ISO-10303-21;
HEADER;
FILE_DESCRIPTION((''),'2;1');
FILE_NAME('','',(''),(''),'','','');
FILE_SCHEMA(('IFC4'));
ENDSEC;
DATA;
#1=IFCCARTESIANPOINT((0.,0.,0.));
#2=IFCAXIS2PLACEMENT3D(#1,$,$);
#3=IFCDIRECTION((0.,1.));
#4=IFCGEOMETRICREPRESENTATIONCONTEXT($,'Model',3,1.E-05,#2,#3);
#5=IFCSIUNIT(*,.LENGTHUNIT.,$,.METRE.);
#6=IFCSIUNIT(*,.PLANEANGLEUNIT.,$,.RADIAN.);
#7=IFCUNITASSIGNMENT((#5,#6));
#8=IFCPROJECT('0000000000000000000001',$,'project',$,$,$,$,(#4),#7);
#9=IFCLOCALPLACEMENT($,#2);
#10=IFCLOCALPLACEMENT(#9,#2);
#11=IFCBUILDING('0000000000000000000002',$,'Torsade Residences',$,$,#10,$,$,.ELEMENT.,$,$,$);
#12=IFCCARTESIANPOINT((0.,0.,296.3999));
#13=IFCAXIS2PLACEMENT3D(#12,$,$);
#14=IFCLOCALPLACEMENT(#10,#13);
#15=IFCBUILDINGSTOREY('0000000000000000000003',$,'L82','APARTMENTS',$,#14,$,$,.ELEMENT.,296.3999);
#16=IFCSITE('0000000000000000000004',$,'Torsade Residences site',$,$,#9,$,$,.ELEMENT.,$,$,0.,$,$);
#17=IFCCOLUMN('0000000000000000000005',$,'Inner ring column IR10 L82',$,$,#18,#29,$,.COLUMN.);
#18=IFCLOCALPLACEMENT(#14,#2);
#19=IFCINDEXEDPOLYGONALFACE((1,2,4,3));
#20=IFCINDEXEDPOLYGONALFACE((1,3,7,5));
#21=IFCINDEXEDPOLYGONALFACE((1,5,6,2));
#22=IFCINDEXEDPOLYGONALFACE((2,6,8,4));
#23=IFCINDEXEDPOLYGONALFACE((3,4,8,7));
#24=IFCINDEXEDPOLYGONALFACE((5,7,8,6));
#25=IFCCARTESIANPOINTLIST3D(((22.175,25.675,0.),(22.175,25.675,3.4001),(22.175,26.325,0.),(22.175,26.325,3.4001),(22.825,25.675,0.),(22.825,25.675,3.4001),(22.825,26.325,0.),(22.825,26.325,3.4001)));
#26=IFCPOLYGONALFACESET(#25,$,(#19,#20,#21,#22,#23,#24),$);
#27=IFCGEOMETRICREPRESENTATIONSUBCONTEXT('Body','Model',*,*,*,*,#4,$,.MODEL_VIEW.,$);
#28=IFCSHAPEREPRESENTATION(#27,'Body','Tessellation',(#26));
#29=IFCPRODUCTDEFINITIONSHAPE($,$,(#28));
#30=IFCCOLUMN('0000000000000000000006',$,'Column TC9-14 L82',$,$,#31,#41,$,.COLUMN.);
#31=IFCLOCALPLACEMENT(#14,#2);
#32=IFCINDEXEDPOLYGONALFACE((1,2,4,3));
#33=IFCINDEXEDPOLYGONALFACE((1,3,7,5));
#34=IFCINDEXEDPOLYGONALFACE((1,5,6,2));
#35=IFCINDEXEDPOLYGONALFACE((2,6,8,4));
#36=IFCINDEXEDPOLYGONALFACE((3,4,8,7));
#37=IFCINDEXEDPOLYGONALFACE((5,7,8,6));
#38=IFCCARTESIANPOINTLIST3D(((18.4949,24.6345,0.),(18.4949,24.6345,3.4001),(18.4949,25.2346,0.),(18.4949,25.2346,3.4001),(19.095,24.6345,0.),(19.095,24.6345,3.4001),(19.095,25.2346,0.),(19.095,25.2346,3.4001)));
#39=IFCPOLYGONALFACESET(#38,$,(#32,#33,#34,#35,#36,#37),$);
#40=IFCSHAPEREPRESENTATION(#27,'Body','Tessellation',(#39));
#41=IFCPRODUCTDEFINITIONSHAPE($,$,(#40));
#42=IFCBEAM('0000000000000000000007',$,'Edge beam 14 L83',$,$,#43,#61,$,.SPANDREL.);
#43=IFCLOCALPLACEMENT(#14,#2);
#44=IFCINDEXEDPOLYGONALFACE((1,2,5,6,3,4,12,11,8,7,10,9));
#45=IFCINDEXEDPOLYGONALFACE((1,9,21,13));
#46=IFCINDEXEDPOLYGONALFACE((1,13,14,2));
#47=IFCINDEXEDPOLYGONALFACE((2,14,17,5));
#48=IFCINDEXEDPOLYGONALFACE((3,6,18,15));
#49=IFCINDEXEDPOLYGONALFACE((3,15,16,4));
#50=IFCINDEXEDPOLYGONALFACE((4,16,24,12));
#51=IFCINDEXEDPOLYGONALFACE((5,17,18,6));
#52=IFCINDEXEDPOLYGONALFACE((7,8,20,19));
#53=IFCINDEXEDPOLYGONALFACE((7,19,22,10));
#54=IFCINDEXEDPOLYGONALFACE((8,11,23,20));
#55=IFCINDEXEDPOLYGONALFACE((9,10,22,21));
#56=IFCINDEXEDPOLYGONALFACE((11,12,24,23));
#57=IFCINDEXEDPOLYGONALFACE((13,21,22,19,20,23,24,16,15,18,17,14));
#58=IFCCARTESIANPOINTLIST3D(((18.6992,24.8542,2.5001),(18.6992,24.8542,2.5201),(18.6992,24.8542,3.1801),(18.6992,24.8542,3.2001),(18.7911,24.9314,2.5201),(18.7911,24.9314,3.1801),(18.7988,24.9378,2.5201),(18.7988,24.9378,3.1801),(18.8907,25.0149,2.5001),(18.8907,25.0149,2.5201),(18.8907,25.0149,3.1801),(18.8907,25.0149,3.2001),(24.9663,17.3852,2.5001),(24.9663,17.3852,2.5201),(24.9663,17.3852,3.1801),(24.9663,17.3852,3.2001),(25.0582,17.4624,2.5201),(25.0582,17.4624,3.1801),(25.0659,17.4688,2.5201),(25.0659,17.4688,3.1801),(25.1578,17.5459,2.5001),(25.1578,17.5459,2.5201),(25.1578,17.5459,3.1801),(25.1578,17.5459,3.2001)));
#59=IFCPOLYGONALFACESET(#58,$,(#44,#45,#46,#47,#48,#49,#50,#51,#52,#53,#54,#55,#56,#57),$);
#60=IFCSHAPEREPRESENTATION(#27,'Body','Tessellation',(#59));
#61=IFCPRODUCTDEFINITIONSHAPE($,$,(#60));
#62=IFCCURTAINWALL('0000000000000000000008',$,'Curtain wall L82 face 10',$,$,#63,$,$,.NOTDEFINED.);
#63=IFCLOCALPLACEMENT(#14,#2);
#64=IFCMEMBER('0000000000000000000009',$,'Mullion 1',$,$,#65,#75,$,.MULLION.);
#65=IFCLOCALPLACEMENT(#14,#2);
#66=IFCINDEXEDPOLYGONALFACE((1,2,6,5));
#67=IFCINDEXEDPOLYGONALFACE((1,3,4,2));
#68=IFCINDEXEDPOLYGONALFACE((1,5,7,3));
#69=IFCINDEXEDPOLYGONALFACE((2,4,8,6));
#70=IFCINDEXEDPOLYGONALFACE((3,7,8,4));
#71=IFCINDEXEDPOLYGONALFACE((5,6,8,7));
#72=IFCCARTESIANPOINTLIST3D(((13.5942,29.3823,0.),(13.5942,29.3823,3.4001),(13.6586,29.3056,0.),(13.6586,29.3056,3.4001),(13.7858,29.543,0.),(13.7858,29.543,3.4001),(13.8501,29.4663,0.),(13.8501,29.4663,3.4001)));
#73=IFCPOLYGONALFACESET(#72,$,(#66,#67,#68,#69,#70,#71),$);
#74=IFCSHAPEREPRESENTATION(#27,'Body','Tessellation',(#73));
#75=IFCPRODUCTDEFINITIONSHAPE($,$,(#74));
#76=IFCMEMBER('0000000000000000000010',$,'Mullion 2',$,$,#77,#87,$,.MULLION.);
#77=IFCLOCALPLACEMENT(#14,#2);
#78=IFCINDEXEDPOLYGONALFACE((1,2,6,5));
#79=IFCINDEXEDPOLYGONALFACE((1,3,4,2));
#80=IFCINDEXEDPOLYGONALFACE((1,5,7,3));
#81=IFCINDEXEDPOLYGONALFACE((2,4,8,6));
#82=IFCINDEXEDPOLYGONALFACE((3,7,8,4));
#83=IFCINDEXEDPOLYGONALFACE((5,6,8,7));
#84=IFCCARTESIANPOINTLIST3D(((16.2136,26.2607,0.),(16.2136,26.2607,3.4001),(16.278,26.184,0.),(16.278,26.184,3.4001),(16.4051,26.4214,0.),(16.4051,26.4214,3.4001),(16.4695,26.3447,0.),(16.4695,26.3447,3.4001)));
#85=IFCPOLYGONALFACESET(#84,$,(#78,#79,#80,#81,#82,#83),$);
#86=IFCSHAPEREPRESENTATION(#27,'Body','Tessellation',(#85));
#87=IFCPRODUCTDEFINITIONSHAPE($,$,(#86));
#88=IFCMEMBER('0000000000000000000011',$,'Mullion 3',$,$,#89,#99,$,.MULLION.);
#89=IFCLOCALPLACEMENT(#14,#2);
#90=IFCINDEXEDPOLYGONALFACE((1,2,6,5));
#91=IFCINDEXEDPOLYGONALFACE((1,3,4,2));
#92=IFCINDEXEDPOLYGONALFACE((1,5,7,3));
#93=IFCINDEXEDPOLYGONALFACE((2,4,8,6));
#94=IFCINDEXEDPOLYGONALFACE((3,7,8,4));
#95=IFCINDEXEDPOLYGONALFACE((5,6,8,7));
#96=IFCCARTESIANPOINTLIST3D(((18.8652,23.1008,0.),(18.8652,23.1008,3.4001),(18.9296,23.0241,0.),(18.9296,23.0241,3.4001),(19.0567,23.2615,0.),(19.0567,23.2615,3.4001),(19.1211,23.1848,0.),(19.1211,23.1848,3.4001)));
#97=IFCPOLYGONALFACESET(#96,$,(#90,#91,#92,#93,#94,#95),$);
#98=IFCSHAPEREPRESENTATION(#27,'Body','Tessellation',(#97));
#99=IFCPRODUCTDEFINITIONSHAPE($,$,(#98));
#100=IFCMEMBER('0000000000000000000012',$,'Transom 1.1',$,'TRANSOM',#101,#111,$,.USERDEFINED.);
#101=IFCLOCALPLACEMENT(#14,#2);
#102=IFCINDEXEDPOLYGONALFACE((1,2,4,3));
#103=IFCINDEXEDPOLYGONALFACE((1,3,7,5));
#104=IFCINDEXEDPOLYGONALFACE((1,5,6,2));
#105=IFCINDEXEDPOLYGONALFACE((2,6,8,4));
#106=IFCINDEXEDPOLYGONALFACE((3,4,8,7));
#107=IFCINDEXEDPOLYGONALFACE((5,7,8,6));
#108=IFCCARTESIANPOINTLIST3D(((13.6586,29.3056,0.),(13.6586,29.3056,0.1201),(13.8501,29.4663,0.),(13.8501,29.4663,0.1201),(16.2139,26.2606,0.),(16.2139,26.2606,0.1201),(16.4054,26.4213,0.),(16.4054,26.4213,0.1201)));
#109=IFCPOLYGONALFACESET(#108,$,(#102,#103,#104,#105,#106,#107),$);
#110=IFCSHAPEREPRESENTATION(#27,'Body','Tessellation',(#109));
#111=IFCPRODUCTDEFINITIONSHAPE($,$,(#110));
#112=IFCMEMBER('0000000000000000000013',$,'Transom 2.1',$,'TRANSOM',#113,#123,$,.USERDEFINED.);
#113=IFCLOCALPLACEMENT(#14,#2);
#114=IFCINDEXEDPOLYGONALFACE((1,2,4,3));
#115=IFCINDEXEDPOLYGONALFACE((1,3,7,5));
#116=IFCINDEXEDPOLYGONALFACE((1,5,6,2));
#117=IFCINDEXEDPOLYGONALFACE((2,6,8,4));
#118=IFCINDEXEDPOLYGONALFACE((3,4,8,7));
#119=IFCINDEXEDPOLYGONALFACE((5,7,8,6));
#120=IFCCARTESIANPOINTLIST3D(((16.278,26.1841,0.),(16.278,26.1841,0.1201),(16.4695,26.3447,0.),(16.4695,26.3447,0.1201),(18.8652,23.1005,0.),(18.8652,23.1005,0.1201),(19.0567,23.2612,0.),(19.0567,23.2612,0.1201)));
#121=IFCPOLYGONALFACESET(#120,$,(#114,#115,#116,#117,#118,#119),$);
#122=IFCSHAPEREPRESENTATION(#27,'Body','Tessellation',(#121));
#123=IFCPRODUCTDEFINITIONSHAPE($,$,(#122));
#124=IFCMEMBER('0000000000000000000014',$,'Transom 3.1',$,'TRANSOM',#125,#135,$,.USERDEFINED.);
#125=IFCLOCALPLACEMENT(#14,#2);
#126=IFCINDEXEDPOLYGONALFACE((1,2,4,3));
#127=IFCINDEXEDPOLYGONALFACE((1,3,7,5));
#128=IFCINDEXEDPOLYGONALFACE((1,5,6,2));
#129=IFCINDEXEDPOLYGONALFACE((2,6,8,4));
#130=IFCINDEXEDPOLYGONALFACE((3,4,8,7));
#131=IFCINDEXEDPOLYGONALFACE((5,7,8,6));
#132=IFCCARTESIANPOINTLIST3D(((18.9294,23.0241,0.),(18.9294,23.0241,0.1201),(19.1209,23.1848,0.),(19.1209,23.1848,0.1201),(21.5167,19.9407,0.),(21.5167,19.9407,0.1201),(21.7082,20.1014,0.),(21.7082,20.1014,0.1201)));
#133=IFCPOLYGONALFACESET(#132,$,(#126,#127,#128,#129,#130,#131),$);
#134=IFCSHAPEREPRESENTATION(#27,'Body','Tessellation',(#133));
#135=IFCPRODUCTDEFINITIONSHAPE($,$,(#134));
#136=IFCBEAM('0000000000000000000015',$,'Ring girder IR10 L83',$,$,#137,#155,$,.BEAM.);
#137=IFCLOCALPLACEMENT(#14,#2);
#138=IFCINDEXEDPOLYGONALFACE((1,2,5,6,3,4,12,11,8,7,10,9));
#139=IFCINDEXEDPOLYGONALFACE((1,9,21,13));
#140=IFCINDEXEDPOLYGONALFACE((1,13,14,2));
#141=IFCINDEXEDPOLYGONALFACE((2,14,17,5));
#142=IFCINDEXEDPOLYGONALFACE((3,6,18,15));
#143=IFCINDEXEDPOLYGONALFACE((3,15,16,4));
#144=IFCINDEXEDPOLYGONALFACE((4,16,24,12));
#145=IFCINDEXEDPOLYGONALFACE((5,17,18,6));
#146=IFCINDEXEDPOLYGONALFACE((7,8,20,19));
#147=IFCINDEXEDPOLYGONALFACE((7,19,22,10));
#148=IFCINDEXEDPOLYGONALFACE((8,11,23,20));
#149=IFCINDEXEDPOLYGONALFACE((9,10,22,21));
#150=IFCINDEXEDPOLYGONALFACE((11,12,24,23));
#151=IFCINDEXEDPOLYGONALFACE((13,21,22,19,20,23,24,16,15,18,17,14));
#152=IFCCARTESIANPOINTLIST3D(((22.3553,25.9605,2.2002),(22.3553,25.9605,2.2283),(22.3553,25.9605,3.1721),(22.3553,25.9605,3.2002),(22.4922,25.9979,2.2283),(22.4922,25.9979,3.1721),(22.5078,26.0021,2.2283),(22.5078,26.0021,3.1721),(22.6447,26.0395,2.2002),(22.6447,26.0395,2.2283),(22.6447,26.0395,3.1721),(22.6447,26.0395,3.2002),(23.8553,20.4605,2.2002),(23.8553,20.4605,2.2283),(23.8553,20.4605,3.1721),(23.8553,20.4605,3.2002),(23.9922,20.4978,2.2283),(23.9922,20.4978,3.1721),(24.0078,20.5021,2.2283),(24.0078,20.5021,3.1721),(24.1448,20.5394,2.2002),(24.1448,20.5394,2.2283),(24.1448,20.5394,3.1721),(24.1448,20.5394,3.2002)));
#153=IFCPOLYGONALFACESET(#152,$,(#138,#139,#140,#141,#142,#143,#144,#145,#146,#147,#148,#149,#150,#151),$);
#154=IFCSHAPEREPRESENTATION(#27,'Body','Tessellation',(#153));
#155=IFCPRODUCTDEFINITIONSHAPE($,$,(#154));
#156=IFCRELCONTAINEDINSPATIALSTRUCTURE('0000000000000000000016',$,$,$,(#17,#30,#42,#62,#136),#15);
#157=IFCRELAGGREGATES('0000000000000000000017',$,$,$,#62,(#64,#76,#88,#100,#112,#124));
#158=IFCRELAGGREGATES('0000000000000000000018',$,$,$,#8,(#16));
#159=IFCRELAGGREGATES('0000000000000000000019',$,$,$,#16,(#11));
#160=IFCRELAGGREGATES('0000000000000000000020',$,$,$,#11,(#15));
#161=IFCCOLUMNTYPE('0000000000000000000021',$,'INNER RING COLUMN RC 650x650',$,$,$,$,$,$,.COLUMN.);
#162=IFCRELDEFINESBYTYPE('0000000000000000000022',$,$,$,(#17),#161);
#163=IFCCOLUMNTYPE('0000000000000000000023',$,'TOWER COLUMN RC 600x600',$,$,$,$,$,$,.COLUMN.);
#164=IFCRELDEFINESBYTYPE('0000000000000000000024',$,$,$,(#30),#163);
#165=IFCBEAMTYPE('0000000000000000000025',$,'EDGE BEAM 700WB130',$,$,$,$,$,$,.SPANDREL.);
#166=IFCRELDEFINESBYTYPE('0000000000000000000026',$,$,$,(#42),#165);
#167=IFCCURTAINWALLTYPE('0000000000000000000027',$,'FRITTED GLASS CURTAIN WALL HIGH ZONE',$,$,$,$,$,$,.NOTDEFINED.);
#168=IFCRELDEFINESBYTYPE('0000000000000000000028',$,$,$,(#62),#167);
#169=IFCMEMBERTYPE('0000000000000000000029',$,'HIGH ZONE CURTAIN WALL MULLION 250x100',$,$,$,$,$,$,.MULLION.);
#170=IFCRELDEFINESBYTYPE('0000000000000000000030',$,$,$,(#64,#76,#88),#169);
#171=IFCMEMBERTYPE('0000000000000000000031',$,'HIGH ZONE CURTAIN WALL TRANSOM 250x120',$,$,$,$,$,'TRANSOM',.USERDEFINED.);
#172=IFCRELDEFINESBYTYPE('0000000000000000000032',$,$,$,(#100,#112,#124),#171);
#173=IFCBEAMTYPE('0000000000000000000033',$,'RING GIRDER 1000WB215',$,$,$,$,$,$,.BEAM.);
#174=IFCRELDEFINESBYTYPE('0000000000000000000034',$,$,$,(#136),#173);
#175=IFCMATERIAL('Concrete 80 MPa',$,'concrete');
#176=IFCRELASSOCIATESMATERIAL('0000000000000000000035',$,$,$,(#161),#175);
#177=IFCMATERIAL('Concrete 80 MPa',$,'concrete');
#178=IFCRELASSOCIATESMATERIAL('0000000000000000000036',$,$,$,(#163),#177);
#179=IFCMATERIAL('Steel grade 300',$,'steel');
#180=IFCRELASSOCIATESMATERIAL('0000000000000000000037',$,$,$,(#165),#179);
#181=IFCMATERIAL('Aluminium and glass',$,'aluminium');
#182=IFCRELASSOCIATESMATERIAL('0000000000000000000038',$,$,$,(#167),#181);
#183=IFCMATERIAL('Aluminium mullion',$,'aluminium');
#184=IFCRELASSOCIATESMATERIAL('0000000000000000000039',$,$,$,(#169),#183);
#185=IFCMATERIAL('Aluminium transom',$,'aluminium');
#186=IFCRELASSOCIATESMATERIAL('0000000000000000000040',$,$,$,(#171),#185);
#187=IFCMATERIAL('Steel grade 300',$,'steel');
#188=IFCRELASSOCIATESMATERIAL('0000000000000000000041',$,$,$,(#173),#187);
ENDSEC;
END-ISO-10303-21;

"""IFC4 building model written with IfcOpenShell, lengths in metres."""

from ifc_helpers import new_model, si_unit, direction, frame, origin, origin_2d, place, context, subcontext, project, spatial, rectangle, i_section, extrude, material, material_profile, profile_set, type_object, element, aggregate, save


model = new_model("IFC4")

# Units and contexts
model_context = context("Model", 3, precision=1e-05, world=origin(), true_north=direction((0.0, 1.0)))
body_context = subcontext(model_context, "Body", "Model", "MODEL_VIEW")
ifc_project = project(units=[si_unit("LENGTHUNIT", "METRE"), si_unit("PLANEANGLEUNIT", "RADIAN")], contexts=[model_context])

# Site, building, storey
site_placement = place(None, origin())
site = spatial("IfcSite", under=ifc_project, at=site_placement, Name="Torsade Residences site", CompositionType="ELEMENT", RefElevation=0.0)
building_placement = place(site_placement, origin())
building = spatial("IfcBuilding", under=site, at=building_placement, Name="Torsade Residences", CompositionType="ELEMENT")
storey_placement = place(building_placement, frame((0.0, 0.0, 296.3999)))
storey = spatial("IfcBuildingStorey", under=building, at=storey_placement, Name="L82", Description="APARTMENTS", CompositionType="ELEMENT", Elevation=296.3999)

# Columns
ifc_material_1 = material(Name="Concrete 80 MPa", Category="concrete")
ifc_material_profile_1 = material_profile(ifc_material_1, rectangle(XDim=0.6499, YDim=0.6499, at=origin_2d()), Name="RC 650x650")
ifc_profile_set_1 = profile_set([ifc_material_profile_1], Name="Concrete 80 MPa")
column_type_1 = type_object("IfcColumnType", Name="INNER RING COLUMN RC 650x650", PredefinedType="COLUMN", material=ifc_profile_set_1)
column_1_placement = place(storey_placement, frame((22.5, 26.0, 0.0), z_axis=(0.0, 0.0, 1.0), x_axis=(1.0, 0.0, 0.0)))
element("IfcColumn", 1, at=column_1_placement, inside=storey, type_object=column_type_1, Name="Inner ring column IR10 L82", PredefinedType="COLUMN", context=body_context, shape_type="SweptSolid", body=[
    extrude(rectangle(XDim=0.6499, YDim=0.6499, at=origin_2d()), origin(), (0.0, 0.0, 1.0), 3.4001),
])
ifc_material_2 = material(Name="Concrete 80 MPa", Category="concrete")
ifc_material_profile_2 = material_profile(ifc_material_2, rectangle(XDim=0.6001, YDim=0.6001, at=origin_2d()), Name="RC 600x600")
ifc_profile_set_2 = profile_set([ifc_material_profile_2], Name="Concrete 80 MPa")
column_type_2 = type_object("IfcColumnType", Name="TOWER COLUMN RC 600x600", PredefinedType="COLUMN", material=ifc_profile_set_2)
column_2_placement = place(storey_placement, frame((18.7949, 24.9346, 0.0), z_axis=(0.0, 0.0, 1.0), x_axis=(1.0, 0.0, 0.0)))
element("IfcColumn", 2, at=column_2_placement, inside=storey, type_object=column_type_2, Name="Column TC9-14 L82", PredefinedType="COLUMN", context=body_context, shape_type="SweptSolid", body=[
    extrude(rectangle(XDim=0.6001, YDim=0.6001, at=origin_2d()), origin(), (0.0, 0.0, 1.0), 3.4001),
])

# Beam
ifc_material_3 = material(Name="Steel grade 300", Category="steel")
ifc_material_profile_3 = material_profile(ifc_material_3, i_section(OverallWidth=0.25, OverallDepth=0.7, WebThickness=0.01, FlangeThickness=0.02, at=origin_2d()), Name="700WB130")
ifc_profile_set_3 = profile_set([ifc_material_profile_3], Name="Steel grade 300")
beam_type_1 = type_object("IfcBeamType", Name="EDGE BEAM 700WB130", PredefinedType="SPANDREL", material=ifc_profile_set_3)
beam_1_placement = place(storey_placement, frame((18.7949, 24.9346, 2.8501), z_axis=(0.642779, -0.766052, 0.0), x_axis=(0.766052, 0.642779, 0.0)))
element("IfcBeam", 3, at=beam_1_placement, inside=storey, type_object=beam_type_1, Name="Edge beam 14 L83", PredefinedType="SPANDREL", context=body_context, shape_type="SweptSolid", body=[
    extrude(i_section(OverallWidth=0.25, OverallDepth=0.7, WebThickness=0.01, FlangeThickness=0.02, at=origin_2d()), origin(), (0.0, 0.0, 1.0), 9.75),
])

# Curtain wall, members
ifc_material_4 = material(Name="Aluminium and glass", Category="aluminium")
curtain_wall_type = type_object("IfcCurtainWallType", Name="FRITTED GLASS CURTAIN WALL HIGH ZONE", PredefinedType="NOTDEFINED", material=ifc_material_4)
curtain_wall_placement = place(storey_placement, origin())
curtain_wall = element("IfcCurtainWall", 4, at=curtain_wall_placement, inside=storey, type_object=curtain_wall_type, Name="Curtain wall L82 face 10", PredefinedType="NOTDEFINED")
ifc_material_5 = material(Name="Aluminium mullion", Category="aluminium")
ifc_material_profile_4 = material_profile(ifc_material_5, rectangle(XDim=0.25, YDim=0.1001, at=origin_2d()), Name="HIGH ZONE CURTAIN WALL MULLION 250x100")
ifc_profile_set_4 = profile_set([ifc_material_profile_4], Name="Aluminium mullion")
member_type_1 = type_object("IfcMemberType", Name="HIGH ZONE CURTAIN WALL MULLION 250x100", PredefinedType="MULLION", material=ifc_profile_set_4)
member_1_placement = place(storey_placement, frame((13.7222, 29.4243, 0.0), z_axis=(0.0, 0.0, 1.0), x_axis=(0.766044, 0.642788, 0.0)))
member_1 = element("IfcMember", 5, at=member_1_placement, type_object=member_type_1, Name="Mullion 1", PredefinedType="MULLION", context=body_context, shape_type="SweptSolid", body=[
    extrude(rectangle(XDim=0.25, YDim=0.1001, at=origin_2d()), origin(), (0.0, 0.0, 1.0), 3.4001),
])
member_2_placement = place(storey_placement, frame((16.3416, 26.3027, 0.0), z_axis=(0.0, 0.0, 1.0), x_axis=(0.766044, 0.642788, 0.0)))
member_2 = element("IfcMember", 6, at=member_2_placement, type_object=member_type_1, Name="Mullion 2", PredefinedType="MULLION", context=body_context, shape_type="SweptSolid", body=[
    extrude(rectangle(XDim=0.25, YDim=0.1001, at=origin_2d()), origin(), (0.0, 0.0, 1.0), 3.4001),
])
member_3_placement = place(storey_placement, frame((18.9932, 23.1428, 0.0), z_axis=(0.0, 0.0, 1.0), x_axis=(0.766044, 0.642788, 0.0)))
member_3 = element("IfcMember", 7, at=member_3_placement, type_object=member_type_1, Name="Mullion 3", PredefinedType="MULLION", context=body_context, shape_type="SweptSolid", body=[
    extrude(rectangle(XDim=0.25, YDim=0.1001, at=origin_2d()), origin(), (0.0, 0.0, 1.0), 3.4001),
])
ifc_material_6 = material(Name="Aluminium transom", Category="aluminium")
ifc_material_profile_5 = material_profile(ifc_material_6, rectangle(XDim=0.25, YDim=0.1201, at=origin_2d()), Name="HIGH ZONE CURTAIN WALL TRANSOM 250x120")
ifc_profile_set_5 = profile_set([ifc_material_profile_5], Name="Aluminium transom")
member_type_2 = type_object("IfcMemberType", Name="HIGH ZONE CURTAIN WALL TRANSOM 250x120", ElementType="TRANSOM", PredefinedType="USERDEFINED", material=ifc_profile_set_5)
member_4_placement = place(storey_placement, frame((13.7544, 29.386, 0.0601), z_axis=(0.642815, -0.766022, 0.0), x_axis=(0.766022, 0.642815, 0.0)))
member_4 = element("IfcMember", 8, at=member_4_placement, type_object=member_type_2, Name="Transom 1.1", ObjectType="TRANSOM", PredefinedType="USERDEFINED", context=body_context, shape_type="SweptSolid", body=[
    extrude(rectangle(XDim=0.25, YDim=0.1201, at=origin_2d()), origin(), (0.0, 0.0, 1.0), 3.9751),
])
member_5_placement = place(storey_placement, frame((16.3738, 26.2644, 0.0601), z_axis=(0.642758, -0.766069, 0.0), x_axis=(0.766069, 0.642758, 0.0)))
member_5 = element("IfcMember", 9, at=member_5_placement, type_object=member_type_2, Name="Transom 2.1", ObjectType="TRANSOM", PredefinedType="USERDEFINED", context=body_context, shape_type="SweptSolid", body=[
    extrude(rectangle(XDim=0.25, YDim=0.1201, at=origin_2d()), origin(), (0.0, 0.0, 1.0), 4.0251),
])
member_6_placement = place(storey_placement, frame((19.0251, 23.1045, 0.0601), z_axis=(0.642794, -0.766039, 0.0), x_axis=(0.766039, 0.642794, 0.0)))
member_6 = element("IfcMember", 10, at=member_6_placement, type_object=member_type_2, Name="Transom 3.1", ObjectType="TRANSOM", PredefinedType="USERDEFINED", context=body_context, shape_type="SweptSolid", body=[
    extrude(rectangle(XDim=0.25, YDim=0.1201, at=origin_2d()), origin(), (0.0, 0.0, 1.0), 4.0251),
])

# Beam
ifc_material_7 = material(Name="Steel grade 300", Category="steel")
ifc_material_profile_6 = material_profile(ifc_material_7, i_section(OverallWidth=0.3, OverallDepth=1.0, WebThickness=0.0161, FlangeThickness=0.0281, at=origin_2d()), Name="1000WB215")
ifc_profile_set_6 = profile_set([ifc_material_profile_6], Name="Steel grade 300")
beam_type_2 = type_object("IfcBeamType", Name="RING GIRDER 1000WB215", PredefinedType="BEAM", material=ifc_profile_set_6)
beam_2_placement = place(storey_placement, frame((22.5, 26.0, 2.7002), z_axis=(0.263117, -0.964764, 0.0), x_axis=(0.964764, 0.263117, 0.0)))
element("IfcBeam", 11, at=beam_2_placement, inside=storey, type_object=beam_type_2, Name="Ring girder IR10 L83", PredefinedType="BEAM", context=body_context, shape_type="SweptSolid", body=[
    extrude(i_section(OverallWidth=0.3, OverallDepth=1.0, WebThickness=0.0161, FlangeThickness=0.0281, at=origin_2d()), origin(), (0.0, 0.0, 1.0), 5.7009),
])

aggregate(curtain_wall, [member_1, member_2, member_3, member_4, member_5, member_6])

save(model, "model.ifc")
